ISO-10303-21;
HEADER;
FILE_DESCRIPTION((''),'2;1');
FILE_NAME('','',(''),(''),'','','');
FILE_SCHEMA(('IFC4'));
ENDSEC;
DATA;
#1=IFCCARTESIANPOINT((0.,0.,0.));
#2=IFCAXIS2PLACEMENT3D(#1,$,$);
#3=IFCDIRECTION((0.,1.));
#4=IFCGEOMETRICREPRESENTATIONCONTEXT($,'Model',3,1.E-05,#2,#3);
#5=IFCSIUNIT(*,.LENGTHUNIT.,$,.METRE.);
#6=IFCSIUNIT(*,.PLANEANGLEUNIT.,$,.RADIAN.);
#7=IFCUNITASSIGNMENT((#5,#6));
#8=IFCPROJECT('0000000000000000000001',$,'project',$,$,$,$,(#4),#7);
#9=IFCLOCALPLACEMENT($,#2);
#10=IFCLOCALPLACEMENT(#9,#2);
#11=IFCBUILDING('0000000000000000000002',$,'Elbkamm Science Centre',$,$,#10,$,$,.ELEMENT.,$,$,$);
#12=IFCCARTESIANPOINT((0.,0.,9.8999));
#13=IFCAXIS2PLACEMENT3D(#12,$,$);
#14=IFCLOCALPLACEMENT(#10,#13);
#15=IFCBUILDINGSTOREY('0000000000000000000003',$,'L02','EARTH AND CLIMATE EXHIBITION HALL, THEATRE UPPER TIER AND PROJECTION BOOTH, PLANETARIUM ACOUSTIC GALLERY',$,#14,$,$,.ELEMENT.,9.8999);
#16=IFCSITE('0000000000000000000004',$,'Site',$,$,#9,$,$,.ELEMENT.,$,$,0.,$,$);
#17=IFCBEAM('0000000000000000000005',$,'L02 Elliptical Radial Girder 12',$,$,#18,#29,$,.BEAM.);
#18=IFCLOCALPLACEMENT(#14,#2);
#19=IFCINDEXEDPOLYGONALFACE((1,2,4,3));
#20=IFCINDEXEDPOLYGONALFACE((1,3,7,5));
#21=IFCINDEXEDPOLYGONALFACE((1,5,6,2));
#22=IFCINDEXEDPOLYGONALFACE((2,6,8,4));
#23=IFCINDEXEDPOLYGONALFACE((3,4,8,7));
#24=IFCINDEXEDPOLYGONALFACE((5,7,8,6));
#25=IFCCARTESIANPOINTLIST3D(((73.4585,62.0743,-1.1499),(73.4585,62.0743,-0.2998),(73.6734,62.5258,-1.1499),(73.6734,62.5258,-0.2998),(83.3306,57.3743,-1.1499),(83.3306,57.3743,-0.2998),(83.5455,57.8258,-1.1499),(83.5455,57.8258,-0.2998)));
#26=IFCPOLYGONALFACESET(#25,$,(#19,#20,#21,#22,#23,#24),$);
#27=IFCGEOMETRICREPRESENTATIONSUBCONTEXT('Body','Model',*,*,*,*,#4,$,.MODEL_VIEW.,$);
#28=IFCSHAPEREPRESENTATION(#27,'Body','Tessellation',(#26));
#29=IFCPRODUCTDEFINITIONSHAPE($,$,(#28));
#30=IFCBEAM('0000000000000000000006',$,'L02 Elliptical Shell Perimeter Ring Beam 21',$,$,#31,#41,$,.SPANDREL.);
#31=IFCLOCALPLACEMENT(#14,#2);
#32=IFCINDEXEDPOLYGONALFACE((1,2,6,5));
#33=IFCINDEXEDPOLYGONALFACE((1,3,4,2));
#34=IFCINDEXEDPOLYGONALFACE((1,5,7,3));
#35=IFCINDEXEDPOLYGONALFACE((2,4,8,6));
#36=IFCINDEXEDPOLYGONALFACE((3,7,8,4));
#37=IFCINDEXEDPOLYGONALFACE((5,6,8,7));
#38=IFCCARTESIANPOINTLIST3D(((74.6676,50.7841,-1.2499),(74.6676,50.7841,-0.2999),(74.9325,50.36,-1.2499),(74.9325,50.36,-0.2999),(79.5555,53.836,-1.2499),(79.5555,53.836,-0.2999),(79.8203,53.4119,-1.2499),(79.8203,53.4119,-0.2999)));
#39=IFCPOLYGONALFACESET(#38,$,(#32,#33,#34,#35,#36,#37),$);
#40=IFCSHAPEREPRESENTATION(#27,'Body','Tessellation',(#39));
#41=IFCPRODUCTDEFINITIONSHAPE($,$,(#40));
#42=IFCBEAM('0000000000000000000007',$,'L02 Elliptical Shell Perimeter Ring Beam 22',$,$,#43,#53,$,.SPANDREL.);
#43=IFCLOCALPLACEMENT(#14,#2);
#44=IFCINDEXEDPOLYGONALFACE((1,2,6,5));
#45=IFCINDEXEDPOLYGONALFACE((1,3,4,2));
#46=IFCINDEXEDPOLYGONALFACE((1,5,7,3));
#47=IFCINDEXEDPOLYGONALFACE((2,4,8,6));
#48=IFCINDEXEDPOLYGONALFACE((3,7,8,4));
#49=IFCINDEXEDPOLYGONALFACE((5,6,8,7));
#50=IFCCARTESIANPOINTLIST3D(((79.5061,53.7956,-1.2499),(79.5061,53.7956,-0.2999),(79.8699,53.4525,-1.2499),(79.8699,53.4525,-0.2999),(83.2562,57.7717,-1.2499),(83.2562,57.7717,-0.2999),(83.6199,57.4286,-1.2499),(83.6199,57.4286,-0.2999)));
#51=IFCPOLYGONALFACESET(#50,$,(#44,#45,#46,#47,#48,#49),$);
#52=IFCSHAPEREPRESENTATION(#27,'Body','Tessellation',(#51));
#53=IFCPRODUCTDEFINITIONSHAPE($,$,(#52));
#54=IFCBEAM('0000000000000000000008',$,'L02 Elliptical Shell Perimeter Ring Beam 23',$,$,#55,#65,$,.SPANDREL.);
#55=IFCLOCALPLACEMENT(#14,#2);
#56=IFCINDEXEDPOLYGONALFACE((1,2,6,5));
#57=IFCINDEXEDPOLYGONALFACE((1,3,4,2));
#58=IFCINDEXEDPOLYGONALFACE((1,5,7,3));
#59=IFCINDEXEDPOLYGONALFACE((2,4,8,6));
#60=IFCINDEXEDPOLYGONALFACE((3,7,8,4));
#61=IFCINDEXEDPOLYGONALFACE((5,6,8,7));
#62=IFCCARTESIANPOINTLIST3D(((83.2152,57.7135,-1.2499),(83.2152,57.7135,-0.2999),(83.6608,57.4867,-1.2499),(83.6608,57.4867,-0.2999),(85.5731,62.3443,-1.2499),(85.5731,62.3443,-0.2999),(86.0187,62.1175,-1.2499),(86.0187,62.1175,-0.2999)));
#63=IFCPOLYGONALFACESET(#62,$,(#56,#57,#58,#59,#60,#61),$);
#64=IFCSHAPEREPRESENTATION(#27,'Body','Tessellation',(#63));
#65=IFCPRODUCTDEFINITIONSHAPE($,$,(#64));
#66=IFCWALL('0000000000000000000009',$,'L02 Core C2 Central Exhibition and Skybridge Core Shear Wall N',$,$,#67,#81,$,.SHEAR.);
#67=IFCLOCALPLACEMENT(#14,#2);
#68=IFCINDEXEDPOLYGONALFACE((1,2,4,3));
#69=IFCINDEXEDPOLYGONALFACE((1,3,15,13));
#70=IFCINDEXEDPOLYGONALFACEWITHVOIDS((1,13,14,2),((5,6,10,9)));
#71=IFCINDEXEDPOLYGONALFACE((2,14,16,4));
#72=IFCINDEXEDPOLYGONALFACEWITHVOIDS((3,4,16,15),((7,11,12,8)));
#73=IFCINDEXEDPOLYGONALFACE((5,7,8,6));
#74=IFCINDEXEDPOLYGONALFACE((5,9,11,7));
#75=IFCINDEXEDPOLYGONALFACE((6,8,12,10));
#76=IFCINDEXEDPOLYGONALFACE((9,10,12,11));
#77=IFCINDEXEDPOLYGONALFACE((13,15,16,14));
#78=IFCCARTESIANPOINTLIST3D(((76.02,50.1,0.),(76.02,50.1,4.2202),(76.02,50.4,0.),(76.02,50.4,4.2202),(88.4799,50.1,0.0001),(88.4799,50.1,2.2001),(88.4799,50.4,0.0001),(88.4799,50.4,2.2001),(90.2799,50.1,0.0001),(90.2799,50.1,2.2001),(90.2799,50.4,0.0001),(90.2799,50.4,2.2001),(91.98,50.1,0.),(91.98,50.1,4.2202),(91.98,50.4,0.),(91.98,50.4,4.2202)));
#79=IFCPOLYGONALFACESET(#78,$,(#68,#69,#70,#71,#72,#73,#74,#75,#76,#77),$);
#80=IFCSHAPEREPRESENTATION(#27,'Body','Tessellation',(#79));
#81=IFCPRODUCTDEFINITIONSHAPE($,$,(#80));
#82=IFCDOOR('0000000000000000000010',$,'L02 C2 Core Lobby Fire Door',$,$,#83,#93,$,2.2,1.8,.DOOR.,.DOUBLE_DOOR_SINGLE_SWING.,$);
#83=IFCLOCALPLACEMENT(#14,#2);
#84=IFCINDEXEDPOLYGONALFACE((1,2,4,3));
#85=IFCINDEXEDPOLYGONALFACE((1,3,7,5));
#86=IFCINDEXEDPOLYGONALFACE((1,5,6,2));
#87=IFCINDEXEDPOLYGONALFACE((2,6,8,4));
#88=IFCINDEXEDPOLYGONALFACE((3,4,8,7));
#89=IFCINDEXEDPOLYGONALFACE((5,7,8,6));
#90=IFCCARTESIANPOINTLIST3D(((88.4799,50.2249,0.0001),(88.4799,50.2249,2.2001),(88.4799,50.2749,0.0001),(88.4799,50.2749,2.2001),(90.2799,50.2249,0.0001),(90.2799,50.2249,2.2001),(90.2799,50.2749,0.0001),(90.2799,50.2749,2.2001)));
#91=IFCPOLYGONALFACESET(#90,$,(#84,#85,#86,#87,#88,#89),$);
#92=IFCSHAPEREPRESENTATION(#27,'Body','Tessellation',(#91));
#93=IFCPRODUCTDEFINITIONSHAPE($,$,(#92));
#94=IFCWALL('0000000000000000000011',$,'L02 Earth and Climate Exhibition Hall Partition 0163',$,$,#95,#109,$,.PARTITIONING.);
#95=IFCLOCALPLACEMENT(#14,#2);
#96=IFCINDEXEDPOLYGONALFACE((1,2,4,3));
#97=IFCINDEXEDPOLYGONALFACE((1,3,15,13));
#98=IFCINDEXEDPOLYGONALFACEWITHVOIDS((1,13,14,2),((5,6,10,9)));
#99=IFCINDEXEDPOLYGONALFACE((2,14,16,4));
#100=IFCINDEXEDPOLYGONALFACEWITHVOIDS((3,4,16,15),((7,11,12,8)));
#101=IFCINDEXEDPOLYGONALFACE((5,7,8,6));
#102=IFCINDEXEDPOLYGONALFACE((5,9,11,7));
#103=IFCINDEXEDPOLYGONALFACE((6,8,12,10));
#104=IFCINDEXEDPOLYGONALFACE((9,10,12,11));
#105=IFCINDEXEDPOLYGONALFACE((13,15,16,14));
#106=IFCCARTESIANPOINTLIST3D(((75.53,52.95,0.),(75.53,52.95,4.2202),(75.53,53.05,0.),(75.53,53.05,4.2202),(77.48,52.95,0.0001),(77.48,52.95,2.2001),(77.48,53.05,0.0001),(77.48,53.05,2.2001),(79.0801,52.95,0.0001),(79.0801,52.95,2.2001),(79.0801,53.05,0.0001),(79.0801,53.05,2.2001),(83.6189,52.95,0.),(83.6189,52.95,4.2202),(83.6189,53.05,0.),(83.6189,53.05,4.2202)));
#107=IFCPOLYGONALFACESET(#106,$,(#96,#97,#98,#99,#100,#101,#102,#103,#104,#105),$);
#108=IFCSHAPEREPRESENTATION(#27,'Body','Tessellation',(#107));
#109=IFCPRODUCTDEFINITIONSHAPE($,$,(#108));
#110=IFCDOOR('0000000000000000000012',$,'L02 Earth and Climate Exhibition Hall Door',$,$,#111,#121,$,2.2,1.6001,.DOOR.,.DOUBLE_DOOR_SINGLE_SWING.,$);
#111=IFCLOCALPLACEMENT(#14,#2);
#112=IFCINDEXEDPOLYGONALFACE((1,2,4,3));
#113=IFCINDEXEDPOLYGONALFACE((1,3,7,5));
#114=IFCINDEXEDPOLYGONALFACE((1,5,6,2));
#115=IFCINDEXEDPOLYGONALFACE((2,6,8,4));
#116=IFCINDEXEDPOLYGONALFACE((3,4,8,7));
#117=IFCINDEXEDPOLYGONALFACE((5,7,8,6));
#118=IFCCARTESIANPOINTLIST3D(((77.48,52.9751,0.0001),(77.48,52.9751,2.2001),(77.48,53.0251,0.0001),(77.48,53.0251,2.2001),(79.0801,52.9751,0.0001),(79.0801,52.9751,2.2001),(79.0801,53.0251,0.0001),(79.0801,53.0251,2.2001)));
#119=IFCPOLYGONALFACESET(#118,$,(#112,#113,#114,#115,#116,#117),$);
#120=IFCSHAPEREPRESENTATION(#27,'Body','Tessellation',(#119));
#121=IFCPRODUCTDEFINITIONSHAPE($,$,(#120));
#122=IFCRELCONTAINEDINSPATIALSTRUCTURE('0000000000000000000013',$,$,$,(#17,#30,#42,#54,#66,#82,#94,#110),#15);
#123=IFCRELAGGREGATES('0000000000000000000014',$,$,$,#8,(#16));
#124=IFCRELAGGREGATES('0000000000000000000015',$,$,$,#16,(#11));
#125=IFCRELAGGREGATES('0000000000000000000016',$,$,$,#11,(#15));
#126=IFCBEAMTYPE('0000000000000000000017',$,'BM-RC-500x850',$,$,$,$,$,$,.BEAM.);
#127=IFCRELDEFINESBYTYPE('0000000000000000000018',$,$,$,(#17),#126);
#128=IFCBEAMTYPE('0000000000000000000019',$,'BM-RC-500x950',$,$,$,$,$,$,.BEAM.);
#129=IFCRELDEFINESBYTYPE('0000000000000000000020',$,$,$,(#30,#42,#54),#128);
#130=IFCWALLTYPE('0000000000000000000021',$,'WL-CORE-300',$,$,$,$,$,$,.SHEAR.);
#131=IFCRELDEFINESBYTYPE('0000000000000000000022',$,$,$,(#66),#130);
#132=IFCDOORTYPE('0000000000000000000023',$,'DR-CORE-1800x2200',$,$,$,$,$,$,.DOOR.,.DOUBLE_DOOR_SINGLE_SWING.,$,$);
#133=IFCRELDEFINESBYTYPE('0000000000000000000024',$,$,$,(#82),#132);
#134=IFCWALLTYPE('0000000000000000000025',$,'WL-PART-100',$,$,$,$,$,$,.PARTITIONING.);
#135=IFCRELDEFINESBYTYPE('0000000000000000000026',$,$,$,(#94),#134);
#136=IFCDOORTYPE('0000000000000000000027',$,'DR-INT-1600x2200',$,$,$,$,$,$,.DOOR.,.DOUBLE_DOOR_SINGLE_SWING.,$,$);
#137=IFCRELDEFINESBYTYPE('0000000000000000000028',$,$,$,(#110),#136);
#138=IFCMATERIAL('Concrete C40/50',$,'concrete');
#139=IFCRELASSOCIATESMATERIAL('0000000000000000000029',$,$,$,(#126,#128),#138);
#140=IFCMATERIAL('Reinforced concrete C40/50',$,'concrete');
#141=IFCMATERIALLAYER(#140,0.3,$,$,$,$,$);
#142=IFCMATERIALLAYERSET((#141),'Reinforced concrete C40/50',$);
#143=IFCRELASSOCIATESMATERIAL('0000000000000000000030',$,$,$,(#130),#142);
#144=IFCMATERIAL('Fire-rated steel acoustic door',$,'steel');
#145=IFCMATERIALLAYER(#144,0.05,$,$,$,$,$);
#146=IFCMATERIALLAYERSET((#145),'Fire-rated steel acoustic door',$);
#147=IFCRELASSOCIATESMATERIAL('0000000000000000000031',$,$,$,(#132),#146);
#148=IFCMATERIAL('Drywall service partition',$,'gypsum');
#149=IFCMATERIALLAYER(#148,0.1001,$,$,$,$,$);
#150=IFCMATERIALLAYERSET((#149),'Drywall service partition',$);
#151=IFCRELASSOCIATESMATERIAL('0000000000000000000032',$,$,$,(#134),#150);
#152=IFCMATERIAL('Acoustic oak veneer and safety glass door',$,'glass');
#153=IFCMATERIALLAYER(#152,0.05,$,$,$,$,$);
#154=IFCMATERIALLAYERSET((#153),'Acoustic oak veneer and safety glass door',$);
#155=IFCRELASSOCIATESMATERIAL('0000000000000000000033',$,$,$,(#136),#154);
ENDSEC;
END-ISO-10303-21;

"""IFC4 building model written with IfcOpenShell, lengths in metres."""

from ifc_helpers import new_model, si_unit, direction, frame, frame_2d, origin, origin_2d, place, context, subcontext, project, spatial, rectangle, extrude, material, layer, layer_set, material_profile, profile_set, type_object, element, fill, save


model = new_model("IFC4")

# Units and contexts
model_context = context("Model", 3, precision=1e-05, world=origin(), true_north=direction((0.0, 1.0)))
body_context = subcontext(model_context, "Body", "Model", "MODEL_VIEW")
ifc_project = project(units=[si_unit("LENGTHUNIT", "METRE"), si_unit("PLANEANGLEUNIT", "RADIAN")], contexts=[model_context])

# Site, building, storey
site_placement = place(None, origin())
site = spatial("IfcSite", under=ifc_project, at=site_placement, Name="Site", CompositionType="ELEMENT", RefElevation=0.0)
building_placement = place(site_placement, origin())
building = spatial("IfcBuilding", under=site, at=building_placement, Name="Elbkamm Science Centre", CompositionType="ELEMENT")
storey_placement = place(building_placement, frame((0.0, 0.0, 9.8999)))
storey = spatial("IfcBuildingStorey", under=building, at=storey_placement, Name="L02", Description="EARTH AND CLIMATE EXHIBITION HALL, THEATRE UPPER TIER AND PROJECTION BOOTH, PLANETARIUM ACOUSTIC GALLERY", CompositionType="ELEMENT", Elevation=9.8999)

# Shared definitions
ifc_material_1 = material(Name="Concrete C40/50", Category="concrete")

# Beams
ifc_material_profile_1 = material_profile(ifc_material_1, rectangle(XDim=0.5, YDim=0.8501, at=origin_2d()), Name="RC 500x850")
ifc_profile_set_1 = profile_set([ifc_material_profile_1], Name="Concrete C40/50")
beam_type_1 = type_object("IfcBeamType", Name="BM-RC-500x850", PredefinedType="BEAM", material=ifc_profile_set_1)
beam_1_placement = place(storey_placement, frame((73.5659, 62.3, -0.7249), z_axis=(0.902897, -0.429856, 0.0), x_axis=(0.429856, 0.902897, 0.0)))
element("IfcBeam", 1, at=beam_1_placement, inside=storey, type_object=beam_type_1, Name="L02 Elliptical Radial Girder 12", PredefinedType="BEAM", context=body_context, shape_type="SweptSolid", body=[
    extrude(rectangle(XDim=0.5, YDim=0.8501, at=origin_2d()), origin(), (0.0, 0.0, 1.0), 10.9338),
])
ifc_material_profile_2 = material_profile(ifc_material_1, rectangle(XDim=0.5, YDim=0.95, at=origin_2d()), Name="RC 500x950")
ifc_profile_set_2 = profile_set([ifc_material_profile_2], Name="Concrete C40/50")
beam_type_2 = type_object("IfcBeamType", Name="BM-RC-500x950", PredefinedType="BEAM", material=ifc_profile_set_2)
beam_2_placement = place(storey_placement, frame((74.8, 50.572, -0.7749), z_axis=(0.848229, 0.529629, 0.0), x_axis=(-0.529629, 0.848229, 0.0)))
element("IfcBeam", 2, at=beam_2_placement, inside=storey, type_object=beam_type_2, Name="L02 Elliptical Shell Perimeter Ring Beam 21", PredefinedType="SPANDREL", context=body_context, shape_type="SweptSolid", body=[
    extrude(rectangle(XDim=0.5, YDim=0.95, at=origin_2d()), origin(), (0.0, 0.0, 1.0), 5.7625),
])
beam_3_placement = place(storey_placement, frame((79.688, 53.624, -0.7749), z_axis=(0.686122, 0.727486, 0.0), x_axis=(-0.727486, 0.686122, 0.0)))
element("IfcBeam", 3, at=beam_3_placement, inside=storey, type_object=beam_type_2, Name="L02 Elliptical Shell Perimeter Ring Beam 22", PredefinedType="SPANDREL", context=body_context, shape_type="SweptSolid", body=[
    extrude(rectangle(XDim=0.5, YDim=0.95, at=origin_2d()), origin(), (0.0, 0.0, 1.0), 5.4656),
])
beam_4_placement = place(storey_placement, frame((83.438, 57.6001, -0.7749), z_axis=(0.453741, 0.891133, 0.0), x_axis=(-0.891133, 0.453741, 0.0)))
element("IfcBeam", 4, at=beam_4_placement, inside=storey, type_object=beam_type_2, Name="L02 Elliptical Shell Perimeter Ring Beam 23", PredefinedType="SPANDREL", context=body_context, shape_type="SweptSolid", body=[
    extrude(rectangle(XDim=0.5, YDim=0.95, at=origin_2d()), origin(), (0.0, 0.0, 1.0), 5.1965),
])

# Walls, openings, doors
ifc_material_2 = material(Name="Reinforced concrete C40/50", Category="concrete")
ifc_layer_1 = layer(ifc_material_2, 0.3)
ifc_layer_set_1 = layer_set([ifc_layer_1], Name="Reinforced concrete C40/50")
wall_type_1 = type_object("IfcWallType", Name="WL-CORE-300", PredefinedType="SHEAR", material=ifc_layer_set_1)
wall_1_placement = place(storey_placement, frame((76.02, 50.25, 0.0), z_axis=(0.0, 0.0, 1.0), x_axis=(1.0, 0.0, 0.0)))
wall_1 = element("IfcWall", 5, at=wall_1_placement, inside=storey, type_object=wall_type_1, Name="L02 Core C2 Central Exhibition and Skybridge Core Shear Wall N", PredefinedType="SHEAR", context=body_context, shape_type="SweptSolid", body=[
    extrude(rectangle(XDim=15.96, YDim=0.3, at=frame_2d((7.98, 0.0))), origin(), (0.0, 0.0, 1.0), 4.2202),
])
opening_1_placement = place(wall_1_placement, frame((12.46, 0.0, 0.0)))
opening_1 = element("IfcOpeningElement", 6, at=opening_1_placement, cuts=wall_1, PredefinedType="OPENING", context=body_context, shape_type="SweptSolid", body=[
    extrude(rectangle(XDim=1.8, YDim=2.2, at=frame_2d((0.8999, 1.1001))), frame((0.0, 0.1621, 0.0), z_axis=(0.0, -1.0, 0.0), x_axis=(1.0, 0.0, 0.0)), (0.0, 0.0, 1.0), 0.324),
])
ifc_material_3 = material(Name="Fire-rated steel acoustic door", Category="steel")
ifc_layer_2 = layer(ifc_material_3, 0.05)
ifc_layer_set_2 = layer_set([ifc_layer_2], Name="Fire-rated steel acoustic door")
door_type_1 = type_object("IfcDoorType", Name="DR-CORE-1800x2200", OperationType="DOUBLE_DOOR_SINGLE_SWING", PredefinedType="DOOR", material=ifc_layer_set_2)
door_1_placement = place(opening_1_placement, origin())
door_1 = element("IfcDoor", 7, at=door_1_placement, inside=storey, type_object=door_type_1, Name="L02 C2 Core Lobby Fire Door", OperationType="DOUBLE_DOOR_SINGLE_SWING", OverallHeight=2.2, OverallWidth=1.8, PredefinedType="DOOR", context=body_context, shape_type="SweptSolid", body=[
    extrude(rectangle(XDim=1.8, YDim=2.2, at=frame_2d((0.8999, 1.1001))), frame((0.0, 0.0249, 0.0), z_axis=(0.0, -1.0, 0.0), x_axis=(1.0, 0.0, 0.0)), (0.0, 0.0, 1.0), 0.05),
])
fill(opening_1, door_1)
ifc_material_4 = material(Name="Drywall service partition", Category="gypsum")
ifc_layer_3 = layer(ifc_material_4, 0.1001)
ifc_layer_set_3 = layer_set([ifc_layer_3], Name="Drywall service partition")
wall_type_2 = type_object("IfcWallType", Name="WL-PART-100", PredefinedType="PARTITIONING", material=ifc_layer_set_3)
wall_2_placement = place(storey_placement, frame((83.6189, 53.0, 0.0), z_axis=(0.0, 0.0, 1.0), x_axis=(-1.0, 0.0, 0.0)))
wall_2 = element("IfcWall", 8, at=wall_2_placement, inside=storey, type_object=wall_type_2, Name="L02 Earth and Climate Exhibition Hall Partition 0163", PredefinedType="PARTITIONING", context=body_context, shape_type="SweptSolid", body=[
    extrude(rectangle(XDim=8.0889, YDim=0.1001, at=frame_2d((4.0444, 0.0))), origin(), (0.0, 0.0, 1.0), 4.2202),
])
opening_2_placement = place(wall_2_placement, frame((4.5388, 0.0, 0.0)))
opening_2 = element("IfcOpeningElement", 9, at=opening_2_placement, cuts=wall_2, PredefinedType="OPENING", context=body_context, shape_type="SweptSolid", body=[
    extrude(rectangle(XDim=1.6001, YDim=2.2, at=frame_2d((0.8, 1.1001))), frame((0.0, 0.062, 0.0), z_axis=(0.0, -1.0, 0.0), x_axis=(1.0, 0.0, 0.0)), (0.0, 0.0, 1.0), 0.124),
])
ifc_material_5 = material(Name="Acoustic oak veneer and safety glass door", Category="glass")
ifc_layer_4 = layer(ifc_material_5, 0.05)
ifc_layer_set_4 = layer_set([ifc_layer_4], Name="Acoustic oak veneer and safety glass door")
door_type_2 = type_object("IfcDoorType", Name="DR-INT-1600x2200", OperationType="DOUBLE_DOOR_SINGLE_SWING", PredefinedType="DOOR", material=ifc_layer_set_4)
door_2_placement = place(opening_2_placement, origin())
door_2 = element("IfcDoor", 10, at=door_2_placement, inside=storey, type_object=door_type_2, Name="L02 Earth and Climate Exhibition Hall Door", OperationType="DOUBLE_DOOR_SINGLE_SWING", OverallHeight=2.2, OverallWidth=1.6001, PredefinedType="DOOR", context=body_context, shape_type="SweptSolid", body=[
    extrude(rectangle(XDim=1.6001, YDim=2.2, at=frame_2d((0.8, 1.1001))), frame((0.0, 0.0249, 0.0), z_axis=(0.0, -1.0, 0.0), x_axis=(1.0, 0.0, 0.0)), (0.0, 0.0, 1.0), 0.05),
])
fill(opening_2, door_2)

save(model, "model.ifc")
